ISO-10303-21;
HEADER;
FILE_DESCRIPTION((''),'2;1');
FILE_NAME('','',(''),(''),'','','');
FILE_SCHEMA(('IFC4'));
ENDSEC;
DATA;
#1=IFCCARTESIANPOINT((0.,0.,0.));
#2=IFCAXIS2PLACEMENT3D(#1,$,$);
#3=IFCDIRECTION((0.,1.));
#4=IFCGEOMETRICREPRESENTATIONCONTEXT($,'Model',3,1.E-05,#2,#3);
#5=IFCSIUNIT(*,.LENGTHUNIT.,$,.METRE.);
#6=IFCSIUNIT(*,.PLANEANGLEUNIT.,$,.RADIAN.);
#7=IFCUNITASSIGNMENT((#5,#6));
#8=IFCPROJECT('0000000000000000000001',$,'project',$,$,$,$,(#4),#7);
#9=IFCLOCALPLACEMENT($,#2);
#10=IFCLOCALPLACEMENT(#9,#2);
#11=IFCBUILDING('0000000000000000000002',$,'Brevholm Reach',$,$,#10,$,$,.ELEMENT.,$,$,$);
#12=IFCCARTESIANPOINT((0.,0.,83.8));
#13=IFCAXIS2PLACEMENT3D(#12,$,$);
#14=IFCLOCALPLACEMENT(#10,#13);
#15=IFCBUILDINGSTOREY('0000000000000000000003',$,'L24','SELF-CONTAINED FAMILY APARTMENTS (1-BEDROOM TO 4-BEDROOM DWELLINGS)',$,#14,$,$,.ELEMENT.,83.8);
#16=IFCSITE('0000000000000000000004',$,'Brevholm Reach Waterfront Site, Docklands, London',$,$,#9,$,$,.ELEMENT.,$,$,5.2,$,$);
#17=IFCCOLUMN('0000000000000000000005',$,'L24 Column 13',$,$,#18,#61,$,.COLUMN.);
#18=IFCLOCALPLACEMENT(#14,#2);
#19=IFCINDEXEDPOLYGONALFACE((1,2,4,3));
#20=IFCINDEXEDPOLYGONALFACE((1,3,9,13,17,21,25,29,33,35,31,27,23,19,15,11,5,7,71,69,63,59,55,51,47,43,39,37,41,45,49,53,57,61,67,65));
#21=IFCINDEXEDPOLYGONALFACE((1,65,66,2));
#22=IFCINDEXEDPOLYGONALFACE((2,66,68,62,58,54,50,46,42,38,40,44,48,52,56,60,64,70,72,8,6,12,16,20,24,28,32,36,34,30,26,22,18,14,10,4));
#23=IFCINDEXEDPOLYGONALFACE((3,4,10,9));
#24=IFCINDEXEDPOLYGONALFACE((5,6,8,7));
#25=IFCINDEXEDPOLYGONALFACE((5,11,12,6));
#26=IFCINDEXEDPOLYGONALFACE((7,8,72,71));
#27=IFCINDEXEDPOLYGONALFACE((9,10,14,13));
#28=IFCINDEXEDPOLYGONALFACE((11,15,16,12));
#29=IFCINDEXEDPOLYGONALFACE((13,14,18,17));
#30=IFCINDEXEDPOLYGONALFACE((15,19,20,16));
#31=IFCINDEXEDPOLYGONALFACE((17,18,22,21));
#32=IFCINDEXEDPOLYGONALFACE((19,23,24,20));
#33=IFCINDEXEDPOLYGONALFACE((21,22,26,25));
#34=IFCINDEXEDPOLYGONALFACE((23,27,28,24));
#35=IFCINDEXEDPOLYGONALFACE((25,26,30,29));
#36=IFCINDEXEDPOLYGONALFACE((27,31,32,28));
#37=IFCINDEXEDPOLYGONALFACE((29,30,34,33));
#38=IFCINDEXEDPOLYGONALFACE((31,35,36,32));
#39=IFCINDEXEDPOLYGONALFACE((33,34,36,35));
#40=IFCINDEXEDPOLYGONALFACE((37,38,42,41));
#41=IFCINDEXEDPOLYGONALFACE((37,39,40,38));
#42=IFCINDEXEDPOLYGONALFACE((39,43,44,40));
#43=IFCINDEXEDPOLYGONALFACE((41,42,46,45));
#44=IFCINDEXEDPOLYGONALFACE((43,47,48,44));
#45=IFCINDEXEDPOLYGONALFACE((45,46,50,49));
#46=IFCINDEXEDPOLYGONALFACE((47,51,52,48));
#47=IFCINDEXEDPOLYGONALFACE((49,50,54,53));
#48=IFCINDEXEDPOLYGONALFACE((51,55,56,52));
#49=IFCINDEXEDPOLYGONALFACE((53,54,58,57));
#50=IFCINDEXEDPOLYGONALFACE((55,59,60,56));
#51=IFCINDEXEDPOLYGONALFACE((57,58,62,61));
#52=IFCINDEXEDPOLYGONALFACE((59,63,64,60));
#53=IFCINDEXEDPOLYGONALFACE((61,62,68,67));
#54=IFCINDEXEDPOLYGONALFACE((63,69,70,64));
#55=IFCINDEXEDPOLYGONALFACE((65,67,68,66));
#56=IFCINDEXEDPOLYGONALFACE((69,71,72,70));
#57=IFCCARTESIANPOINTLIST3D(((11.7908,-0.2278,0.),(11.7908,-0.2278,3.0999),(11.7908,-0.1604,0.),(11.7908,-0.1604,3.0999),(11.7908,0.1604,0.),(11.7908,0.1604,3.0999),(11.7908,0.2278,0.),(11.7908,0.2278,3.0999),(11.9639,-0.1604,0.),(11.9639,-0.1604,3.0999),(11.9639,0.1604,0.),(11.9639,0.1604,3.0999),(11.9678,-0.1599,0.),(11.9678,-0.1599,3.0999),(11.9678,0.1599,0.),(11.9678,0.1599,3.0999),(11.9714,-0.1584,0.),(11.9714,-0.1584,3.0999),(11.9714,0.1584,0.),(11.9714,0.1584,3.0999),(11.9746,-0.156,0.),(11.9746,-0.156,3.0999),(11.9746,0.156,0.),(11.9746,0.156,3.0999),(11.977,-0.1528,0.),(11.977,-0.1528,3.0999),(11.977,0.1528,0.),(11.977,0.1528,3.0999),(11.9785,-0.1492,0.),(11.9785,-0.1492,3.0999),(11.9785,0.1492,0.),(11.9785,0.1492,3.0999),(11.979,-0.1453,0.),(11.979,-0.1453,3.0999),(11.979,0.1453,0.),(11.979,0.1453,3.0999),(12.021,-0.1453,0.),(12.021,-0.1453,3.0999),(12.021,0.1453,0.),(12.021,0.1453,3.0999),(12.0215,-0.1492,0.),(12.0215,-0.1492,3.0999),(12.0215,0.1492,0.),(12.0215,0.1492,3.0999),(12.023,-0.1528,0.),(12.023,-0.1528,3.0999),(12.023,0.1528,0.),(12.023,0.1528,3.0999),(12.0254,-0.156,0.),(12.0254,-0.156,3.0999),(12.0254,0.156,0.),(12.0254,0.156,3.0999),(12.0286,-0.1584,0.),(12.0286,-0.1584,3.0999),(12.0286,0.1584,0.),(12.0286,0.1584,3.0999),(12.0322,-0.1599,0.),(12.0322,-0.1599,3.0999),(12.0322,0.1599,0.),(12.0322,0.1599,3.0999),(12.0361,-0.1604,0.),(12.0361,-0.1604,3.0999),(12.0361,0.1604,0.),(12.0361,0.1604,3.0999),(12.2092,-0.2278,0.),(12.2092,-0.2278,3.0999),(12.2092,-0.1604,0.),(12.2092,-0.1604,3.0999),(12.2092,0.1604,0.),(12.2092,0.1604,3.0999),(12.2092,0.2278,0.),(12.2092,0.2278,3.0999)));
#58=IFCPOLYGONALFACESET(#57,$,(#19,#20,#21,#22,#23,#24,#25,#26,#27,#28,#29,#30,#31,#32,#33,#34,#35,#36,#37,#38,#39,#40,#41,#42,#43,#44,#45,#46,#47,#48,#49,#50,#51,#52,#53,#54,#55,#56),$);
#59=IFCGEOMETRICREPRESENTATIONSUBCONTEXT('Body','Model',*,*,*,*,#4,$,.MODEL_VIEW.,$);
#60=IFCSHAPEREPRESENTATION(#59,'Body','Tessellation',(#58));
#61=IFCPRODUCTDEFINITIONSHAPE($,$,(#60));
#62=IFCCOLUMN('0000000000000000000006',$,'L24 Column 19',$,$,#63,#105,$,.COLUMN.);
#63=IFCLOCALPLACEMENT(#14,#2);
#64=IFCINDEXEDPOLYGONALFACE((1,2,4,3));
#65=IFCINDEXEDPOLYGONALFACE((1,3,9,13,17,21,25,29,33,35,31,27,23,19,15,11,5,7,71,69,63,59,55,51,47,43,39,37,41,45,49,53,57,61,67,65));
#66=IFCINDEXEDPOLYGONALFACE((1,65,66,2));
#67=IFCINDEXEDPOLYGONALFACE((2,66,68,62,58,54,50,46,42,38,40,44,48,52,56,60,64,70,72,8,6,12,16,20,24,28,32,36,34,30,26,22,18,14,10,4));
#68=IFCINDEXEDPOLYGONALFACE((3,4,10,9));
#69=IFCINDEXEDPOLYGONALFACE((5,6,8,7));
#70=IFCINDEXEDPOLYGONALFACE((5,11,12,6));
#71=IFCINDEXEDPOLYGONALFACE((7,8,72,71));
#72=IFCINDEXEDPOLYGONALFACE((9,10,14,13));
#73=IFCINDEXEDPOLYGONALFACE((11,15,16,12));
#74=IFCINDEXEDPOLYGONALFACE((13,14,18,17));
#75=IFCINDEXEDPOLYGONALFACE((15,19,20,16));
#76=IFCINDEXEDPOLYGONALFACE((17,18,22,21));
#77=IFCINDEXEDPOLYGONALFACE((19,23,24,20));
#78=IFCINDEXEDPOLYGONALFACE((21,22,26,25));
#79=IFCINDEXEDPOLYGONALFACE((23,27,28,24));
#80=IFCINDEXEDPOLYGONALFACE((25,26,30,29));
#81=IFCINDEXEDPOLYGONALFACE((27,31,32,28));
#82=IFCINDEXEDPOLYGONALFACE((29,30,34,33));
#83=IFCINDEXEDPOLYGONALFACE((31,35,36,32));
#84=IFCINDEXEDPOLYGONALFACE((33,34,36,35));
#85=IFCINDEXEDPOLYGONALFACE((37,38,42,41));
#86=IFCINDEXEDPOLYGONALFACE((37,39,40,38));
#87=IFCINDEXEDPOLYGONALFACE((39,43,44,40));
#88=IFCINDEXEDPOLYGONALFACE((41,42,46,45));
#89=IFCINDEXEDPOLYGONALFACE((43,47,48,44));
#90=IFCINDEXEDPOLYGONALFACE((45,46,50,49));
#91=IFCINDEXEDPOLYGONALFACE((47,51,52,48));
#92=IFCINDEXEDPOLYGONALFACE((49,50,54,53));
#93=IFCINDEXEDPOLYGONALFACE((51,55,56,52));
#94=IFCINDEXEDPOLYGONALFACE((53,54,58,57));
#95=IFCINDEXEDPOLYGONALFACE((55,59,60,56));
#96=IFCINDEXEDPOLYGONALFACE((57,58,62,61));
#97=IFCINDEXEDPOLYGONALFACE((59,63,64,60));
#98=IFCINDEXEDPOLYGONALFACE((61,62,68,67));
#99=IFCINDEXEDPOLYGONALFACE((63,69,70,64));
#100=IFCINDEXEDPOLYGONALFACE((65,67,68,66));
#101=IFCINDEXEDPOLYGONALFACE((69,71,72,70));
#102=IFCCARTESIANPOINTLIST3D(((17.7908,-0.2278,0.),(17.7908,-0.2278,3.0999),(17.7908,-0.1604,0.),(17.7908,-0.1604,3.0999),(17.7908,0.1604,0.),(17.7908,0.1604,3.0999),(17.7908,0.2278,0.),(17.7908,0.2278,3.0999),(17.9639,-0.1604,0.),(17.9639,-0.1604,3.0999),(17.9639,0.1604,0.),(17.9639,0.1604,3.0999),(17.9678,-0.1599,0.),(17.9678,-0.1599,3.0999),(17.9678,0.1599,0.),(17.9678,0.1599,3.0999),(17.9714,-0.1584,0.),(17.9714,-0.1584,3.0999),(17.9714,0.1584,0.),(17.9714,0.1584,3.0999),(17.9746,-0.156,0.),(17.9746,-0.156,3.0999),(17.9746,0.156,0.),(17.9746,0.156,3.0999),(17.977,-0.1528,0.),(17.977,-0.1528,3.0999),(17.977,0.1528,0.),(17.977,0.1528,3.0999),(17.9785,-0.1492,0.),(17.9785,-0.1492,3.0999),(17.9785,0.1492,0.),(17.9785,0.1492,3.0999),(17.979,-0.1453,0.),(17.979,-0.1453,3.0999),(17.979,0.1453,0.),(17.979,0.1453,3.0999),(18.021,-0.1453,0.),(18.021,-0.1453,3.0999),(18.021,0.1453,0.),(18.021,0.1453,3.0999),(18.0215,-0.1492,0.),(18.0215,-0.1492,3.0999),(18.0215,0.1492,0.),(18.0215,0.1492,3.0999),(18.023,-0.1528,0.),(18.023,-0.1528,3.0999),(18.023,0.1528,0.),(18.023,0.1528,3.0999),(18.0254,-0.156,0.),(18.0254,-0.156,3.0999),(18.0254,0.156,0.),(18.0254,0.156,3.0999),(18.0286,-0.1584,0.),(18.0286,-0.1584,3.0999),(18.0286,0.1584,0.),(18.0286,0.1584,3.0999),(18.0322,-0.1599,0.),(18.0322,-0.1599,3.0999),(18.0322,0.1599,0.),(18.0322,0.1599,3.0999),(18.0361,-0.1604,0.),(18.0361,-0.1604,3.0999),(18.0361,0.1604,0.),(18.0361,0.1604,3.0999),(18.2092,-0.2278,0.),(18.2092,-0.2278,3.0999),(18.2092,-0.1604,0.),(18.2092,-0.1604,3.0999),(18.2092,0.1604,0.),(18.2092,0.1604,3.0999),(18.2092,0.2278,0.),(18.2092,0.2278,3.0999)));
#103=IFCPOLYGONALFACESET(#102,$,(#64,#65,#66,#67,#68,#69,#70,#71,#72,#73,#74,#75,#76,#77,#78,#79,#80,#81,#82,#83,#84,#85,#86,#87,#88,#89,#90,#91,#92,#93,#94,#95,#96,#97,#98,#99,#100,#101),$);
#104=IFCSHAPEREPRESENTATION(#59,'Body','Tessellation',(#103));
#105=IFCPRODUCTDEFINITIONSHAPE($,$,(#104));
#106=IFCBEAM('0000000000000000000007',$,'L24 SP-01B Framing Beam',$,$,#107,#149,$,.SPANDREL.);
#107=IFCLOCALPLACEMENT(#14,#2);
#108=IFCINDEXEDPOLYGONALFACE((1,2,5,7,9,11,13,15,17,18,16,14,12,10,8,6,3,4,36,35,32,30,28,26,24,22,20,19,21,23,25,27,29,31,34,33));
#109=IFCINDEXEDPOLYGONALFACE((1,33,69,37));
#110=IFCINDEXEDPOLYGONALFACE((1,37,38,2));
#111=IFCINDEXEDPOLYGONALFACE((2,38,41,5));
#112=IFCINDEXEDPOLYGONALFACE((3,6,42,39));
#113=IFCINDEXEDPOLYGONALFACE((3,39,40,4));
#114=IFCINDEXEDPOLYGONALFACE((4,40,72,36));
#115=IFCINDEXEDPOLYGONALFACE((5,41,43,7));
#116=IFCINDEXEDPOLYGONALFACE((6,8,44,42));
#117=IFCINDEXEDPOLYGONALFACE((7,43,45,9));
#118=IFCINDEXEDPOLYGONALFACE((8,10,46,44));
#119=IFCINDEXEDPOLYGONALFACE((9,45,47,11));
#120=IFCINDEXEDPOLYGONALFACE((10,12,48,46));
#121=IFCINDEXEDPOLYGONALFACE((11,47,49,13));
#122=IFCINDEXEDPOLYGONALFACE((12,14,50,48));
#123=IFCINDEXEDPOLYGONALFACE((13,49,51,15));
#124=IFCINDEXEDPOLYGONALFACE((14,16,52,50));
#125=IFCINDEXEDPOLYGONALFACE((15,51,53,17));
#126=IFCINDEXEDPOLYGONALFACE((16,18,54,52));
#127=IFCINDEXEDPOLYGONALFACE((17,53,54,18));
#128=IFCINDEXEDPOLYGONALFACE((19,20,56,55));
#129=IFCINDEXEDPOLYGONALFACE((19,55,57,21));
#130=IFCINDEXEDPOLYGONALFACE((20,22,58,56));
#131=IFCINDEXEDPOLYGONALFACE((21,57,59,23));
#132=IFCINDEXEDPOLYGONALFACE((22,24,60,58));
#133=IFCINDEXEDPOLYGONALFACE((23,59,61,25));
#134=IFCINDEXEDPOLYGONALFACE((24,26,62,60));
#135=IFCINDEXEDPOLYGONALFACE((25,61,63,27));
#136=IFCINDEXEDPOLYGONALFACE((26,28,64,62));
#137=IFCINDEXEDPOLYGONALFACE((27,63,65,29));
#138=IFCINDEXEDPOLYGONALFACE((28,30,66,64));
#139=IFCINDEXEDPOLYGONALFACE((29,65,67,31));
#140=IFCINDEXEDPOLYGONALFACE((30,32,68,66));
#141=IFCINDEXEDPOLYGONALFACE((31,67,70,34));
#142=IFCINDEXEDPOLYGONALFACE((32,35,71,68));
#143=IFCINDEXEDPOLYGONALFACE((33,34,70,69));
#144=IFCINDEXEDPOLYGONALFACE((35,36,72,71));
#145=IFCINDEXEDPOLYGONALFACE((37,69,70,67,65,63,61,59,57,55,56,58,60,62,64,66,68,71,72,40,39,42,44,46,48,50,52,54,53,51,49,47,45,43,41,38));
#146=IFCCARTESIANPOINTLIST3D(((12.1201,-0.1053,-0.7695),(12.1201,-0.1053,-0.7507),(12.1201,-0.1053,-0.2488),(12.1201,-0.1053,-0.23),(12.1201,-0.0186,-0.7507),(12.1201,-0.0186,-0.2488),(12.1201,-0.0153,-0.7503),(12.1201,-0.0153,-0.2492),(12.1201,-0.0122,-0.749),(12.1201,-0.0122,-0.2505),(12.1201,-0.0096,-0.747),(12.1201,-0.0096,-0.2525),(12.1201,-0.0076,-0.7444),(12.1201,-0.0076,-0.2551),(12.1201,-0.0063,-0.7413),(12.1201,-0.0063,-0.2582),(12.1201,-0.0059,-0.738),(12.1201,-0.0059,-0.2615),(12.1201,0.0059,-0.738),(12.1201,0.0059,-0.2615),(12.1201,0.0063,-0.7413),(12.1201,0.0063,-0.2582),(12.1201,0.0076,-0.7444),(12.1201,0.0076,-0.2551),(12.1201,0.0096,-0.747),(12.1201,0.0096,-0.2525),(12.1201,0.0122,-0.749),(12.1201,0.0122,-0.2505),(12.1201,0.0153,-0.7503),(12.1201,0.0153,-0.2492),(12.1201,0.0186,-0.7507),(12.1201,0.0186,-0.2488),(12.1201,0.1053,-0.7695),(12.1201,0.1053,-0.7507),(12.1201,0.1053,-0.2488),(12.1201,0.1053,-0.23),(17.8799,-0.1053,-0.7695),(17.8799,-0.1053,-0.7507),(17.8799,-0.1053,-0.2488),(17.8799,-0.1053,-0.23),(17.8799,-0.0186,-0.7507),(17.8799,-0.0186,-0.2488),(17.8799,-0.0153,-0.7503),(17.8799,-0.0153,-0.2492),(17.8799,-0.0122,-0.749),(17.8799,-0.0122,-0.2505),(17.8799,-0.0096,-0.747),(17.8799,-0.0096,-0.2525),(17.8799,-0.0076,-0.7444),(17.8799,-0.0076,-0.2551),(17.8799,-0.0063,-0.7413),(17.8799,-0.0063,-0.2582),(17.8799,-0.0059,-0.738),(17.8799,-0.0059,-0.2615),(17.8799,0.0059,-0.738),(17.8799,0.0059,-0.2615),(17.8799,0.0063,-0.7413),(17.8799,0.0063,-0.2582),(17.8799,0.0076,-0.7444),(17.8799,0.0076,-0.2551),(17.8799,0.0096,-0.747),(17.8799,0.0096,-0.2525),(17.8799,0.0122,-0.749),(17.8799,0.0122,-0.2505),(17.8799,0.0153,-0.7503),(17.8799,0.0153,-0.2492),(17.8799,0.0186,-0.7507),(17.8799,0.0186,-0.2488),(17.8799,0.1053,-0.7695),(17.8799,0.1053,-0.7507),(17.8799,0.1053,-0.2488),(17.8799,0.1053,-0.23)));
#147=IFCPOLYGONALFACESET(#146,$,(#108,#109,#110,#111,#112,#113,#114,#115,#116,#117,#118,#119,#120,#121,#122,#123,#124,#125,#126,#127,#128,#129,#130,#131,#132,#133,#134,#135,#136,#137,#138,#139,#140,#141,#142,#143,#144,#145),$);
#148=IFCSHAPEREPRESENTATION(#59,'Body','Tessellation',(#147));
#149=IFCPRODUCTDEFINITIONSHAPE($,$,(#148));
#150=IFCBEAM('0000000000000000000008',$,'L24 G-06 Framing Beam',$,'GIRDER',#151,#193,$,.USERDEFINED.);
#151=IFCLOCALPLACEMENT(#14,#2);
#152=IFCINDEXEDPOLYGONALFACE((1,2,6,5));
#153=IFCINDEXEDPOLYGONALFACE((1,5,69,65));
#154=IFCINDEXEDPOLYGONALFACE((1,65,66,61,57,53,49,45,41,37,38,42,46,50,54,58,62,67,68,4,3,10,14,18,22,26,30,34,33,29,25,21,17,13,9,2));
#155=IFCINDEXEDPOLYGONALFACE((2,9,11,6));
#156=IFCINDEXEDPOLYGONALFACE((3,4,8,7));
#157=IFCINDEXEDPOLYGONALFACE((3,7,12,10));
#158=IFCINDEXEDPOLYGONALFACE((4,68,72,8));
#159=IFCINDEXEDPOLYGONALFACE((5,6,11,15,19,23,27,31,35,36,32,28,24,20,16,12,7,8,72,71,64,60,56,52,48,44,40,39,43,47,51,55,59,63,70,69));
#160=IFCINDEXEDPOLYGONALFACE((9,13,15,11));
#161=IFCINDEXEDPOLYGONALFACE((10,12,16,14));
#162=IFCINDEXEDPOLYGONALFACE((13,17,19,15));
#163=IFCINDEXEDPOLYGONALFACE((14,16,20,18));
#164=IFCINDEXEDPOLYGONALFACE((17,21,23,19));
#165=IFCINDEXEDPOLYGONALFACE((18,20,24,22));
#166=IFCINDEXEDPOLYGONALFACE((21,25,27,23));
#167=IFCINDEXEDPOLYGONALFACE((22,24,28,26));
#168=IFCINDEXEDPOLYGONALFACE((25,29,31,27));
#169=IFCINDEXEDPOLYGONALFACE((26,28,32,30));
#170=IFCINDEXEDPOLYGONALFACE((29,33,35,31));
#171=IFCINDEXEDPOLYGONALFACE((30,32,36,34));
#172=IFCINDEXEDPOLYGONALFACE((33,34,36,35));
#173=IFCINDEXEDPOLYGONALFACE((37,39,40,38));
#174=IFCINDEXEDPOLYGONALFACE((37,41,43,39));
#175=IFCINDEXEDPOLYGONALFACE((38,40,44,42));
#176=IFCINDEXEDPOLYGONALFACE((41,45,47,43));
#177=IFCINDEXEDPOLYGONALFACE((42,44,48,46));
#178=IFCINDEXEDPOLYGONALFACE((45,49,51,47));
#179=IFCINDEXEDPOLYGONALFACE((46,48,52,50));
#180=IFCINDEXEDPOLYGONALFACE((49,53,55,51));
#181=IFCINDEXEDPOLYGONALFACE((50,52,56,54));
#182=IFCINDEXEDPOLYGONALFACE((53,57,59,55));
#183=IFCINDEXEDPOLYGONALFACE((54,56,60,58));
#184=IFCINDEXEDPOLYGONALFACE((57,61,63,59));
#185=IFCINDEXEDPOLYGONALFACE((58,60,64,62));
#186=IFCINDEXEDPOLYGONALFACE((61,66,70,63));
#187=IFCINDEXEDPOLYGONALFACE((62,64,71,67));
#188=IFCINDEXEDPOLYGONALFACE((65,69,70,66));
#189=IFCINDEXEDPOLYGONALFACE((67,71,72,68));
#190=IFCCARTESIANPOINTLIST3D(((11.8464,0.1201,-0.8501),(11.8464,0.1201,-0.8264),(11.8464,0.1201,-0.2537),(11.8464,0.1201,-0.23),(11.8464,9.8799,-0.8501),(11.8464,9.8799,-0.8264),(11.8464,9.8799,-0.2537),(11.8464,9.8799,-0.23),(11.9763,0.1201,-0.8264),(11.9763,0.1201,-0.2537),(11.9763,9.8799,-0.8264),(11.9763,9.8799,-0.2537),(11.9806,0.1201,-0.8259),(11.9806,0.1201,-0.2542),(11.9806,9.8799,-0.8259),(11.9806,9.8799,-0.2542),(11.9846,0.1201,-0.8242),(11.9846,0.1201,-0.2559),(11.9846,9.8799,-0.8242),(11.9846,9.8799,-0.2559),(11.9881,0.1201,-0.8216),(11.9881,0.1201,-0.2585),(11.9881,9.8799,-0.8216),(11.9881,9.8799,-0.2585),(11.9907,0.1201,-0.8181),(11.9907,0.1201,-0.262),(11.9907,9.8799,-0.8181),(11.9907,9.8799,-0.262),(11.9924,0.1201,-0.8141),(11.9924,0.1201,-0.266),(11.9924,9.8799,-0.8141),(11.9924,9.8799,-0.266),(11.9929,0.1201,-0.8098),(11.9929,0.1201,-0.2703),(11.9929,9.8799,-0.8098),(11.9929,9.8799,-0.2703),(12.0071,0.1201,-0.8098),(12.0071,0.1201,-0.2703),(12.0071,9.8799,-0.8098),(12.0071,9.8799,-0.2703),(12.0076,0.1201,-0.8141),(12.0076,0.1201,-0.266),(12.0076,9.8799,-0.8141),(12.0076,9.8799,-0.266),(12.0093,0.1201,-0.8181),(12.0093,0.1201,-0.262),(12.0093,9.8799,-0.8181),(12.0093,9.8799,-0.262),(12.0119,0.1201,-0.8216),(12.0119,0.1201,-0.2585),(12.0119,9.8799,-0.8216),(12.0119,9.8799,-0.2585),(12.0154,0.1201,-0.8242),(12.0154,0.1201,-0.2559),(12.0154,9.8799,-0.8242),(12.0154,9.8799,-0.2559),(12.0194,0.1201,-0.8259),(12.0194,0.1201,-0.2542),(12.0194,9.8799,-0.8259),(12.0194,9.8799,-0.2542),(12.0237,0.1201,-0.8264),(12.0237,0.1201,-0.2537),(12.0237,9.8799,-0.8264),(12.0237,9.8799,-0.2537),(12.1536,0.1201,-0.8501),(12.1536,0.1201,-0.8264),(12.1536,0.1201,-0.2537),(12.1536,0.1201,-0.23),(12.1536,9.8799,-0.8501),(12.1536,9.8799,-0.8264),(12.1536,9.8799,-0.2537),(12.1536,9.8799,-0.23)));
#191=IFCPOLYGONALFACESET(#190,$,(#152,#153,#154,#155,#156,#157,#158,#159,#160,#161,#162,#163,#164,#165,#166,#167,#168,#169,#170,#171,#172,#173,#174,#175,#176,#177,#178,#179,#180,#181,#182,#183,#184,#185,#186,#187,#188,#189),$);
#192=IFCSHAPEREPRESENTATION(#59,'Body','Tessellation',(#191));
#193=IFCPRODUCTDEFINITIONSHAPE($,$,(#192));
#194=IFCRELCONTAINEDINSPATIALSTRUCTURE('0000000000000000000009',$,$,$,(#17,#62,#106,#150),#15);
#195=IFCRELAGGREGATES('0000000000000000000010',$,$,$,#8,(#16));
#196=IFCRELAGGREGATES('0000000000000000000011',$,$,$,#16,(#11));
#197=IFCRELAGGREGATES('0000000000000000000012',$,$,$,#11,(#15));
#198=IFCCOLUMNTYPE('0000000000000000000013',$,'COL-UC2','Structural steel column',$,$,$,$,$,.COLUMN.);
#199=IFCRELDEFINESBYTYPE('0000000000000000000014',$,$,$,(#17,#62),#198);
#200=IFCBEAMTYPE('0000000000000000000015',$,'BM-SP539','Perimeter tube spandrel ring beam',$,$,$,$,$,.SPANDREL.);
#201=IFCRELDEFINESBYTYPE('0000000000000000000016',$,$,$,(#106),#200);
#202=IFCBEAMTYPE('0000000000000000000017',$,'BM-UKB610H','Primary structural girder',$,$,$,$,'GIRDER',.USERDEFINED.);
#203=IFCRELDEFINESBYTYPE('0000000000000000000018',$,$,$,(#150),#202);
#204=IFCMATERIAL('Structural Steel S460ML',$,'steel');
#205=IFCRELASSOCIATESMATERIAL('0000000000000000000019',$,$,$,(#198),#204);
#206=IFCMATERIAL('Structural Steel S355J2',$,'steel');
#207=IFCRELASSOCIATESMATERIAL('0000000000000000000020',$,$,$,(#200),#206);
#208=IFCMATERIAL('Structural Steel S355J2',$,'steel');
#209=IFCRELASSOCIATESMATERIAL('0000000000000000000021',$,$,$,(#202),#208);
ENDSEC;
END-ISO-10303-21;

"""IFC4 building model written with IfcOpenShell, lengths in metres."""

from ifc_helpers import new_model, si_unit, direction, frame, origin, origin_2d, place, context, subcontext, project, spatial, i_section, extrude, material, material_profile, profile_set, type_object, element, save


model = new_model("IFC4")

# Units and contexts
model_context = context("Model", 3, precision=1e-05, world=origin(), true_north=direction((0.0, 1.0)))
body_context = subcontext(model_context, "Body", "Model", "MODEL_VIEW")
ifc_project = project(units=[si_unit("LENGTHUNIT", "METRE"), si_unit("PLANEANGLEUNIT", "RADIAN")], contexts=[model_context])

# Site, building, storey
site_placement = place(None, origin())
site = spatial("IfcSite", under=ifc_project, at=site_placement, Name="Brevholm Reach Waterfront Site, Docklands, London", CompositionType="ELEMENT", RefElevation=5.2)
building_placement = place(site_placement, origin())
building = spatial("IfcBuilding", under=site, at=building_placement, Name="Brevholm Reach", CompositionType="ELEMENT")
storey_placement = place(building_placement, frame((0.0, 0.0, 83.8)))
storey = spatial("IfcBuildingStorey", under=building, at=storey_placement, Name="L24", Description="SELF-CONTAINED FAMILY APARTMENTS (1-BEDROOM TO 4-BEDROOM DWELLINGS)", CompositionType="ELEMENT", Elevation=83.8)

# Columns
ifc_material_1 = material(Name="Structural Steel S460ML", Category="steel")
ifc_material_profile_1 = material_profile(ifc_material_1, i_section(OverallWidth=0.4185, OverallDepth=0.4556, WebThickness=0.042, FlangeThickness=0.0674, FilletRadius=0.0151, at=origin_2d()), Name="UKC 356x406x551")
ifc_profile_set_1 = profile_set([ifc_material_profile_1], Name="Structural Steel S460ML")
column_type = type_object("IfcColumnType", Name="COL-UC2", Description="Structural steel column", PredefinedType="COLUMN", material=ifc_profile_set_1)
for number, where, z_axis, x_axis, name in (
    (1, (12.0, 0.0, 0.0), (0.0, 0.0, 1.0), (1.0, 0.0, 0.0), "L24 Column 13"),
    (2, (18.0, 0.0, 0.0), (0.0, 0.0, 1.0), (1.0, 0.0, 0.0), "L24 Column 19"),
):
    element("IfcColumn", number, at=place(storey_placement, frame(where, z_axis=z_axis, x_axis=x_axis)), inside=storey, type_object=column_type, Name=name, PredefinedType="COLUMN", context=body_context, shape_type="SweptSolid", body=[
        extrude(i_section(OverallWidth=0.4185, OverallDepth=0.4556, WebThickness=0.042, FlangeThickness=0.0674, FilletRadius=0.0151, at=origin_2d()), origin(), (0.0, 0.0, 1.0), 3.0999),
    ])

# Beams
ifc_material_2 = material(Name="Structural Steel S355J2", Category="steel")
ifc_material_profile_2 = material_profile(ifc_material_2, i_section(OverallWidth=0.2107, OverallDepth=0.5396, WebThickness=0.0117, FlangeThickness=0.0188, FilletRadius=0.0127, at=origin_2d()), Name="UKB 533x210x109")
ifc_profile_set_2 = profile_set([ifc_material_profile_2], Name="Structural Steel S355J2")
beam_type_1 = type_object("IfcBeamType", Name="BM-SP539", Description="Perimeter tube spandrel ring beam", PredefinedType="SPANDREL", material=ifc_profile_set_2)
beam_1_placement = place(storey_placement, frame((12.1201, 0.0, -0.4998), z_axis=(1.0, 0.0, 0.0), x_axis=(0.0, 1.0, 0.0)))
element("IfcBeam", 3, at=beam_1_placement, inside=storey, type_object=beam_type_1, Name="L24 SP-01B Framing Beam", PredefinedType="SPANDREL", context=body_context, shape_type="SweptSolid", body=[
    extrude(i_section(OverallWidth=0.2107, OverallDepth=0.5396, WebThickness=0.0117, FlangeThickness=0.0188, FilletRadius=0.0127, at=origin_2d()), origin(), (0.0, 0.0, 1.0), 5.7598),
])
ifc_material_3 = material(Name="Structural Steel S355J2", Category="steel")
ifc_material_profile_3 = material_profile(ifc_material_3, i_section(OverallWidth=0.3071, OverallDepth=0.6201, WebThickness=0.0142, FlangeThickness=0.0237, FilletRadius=0.0166, at=origin_2d()), Name="UKB 610x305x179")
ifc_profile_set_3 = profile_set([ifc_material_profile_3], Name="Structural Steel S355J2")
beam_type_2 = type_object("IfcBeamType", Name="BM-UKB610H", Description="Primary structural girder", ElementType="GIRDER", PredefinedType="USERDEFINED", material=ifc_profile_set_3)
beam_2_placement = place(storey_placement, frame((12.0, 0.1201, -0.54), z_axis=(0.0, 1.0, 0.0), x_axis=(-1.0, 0.0, 0.0)))
element("IfcBeam", 4, at=beam_2_placement, inside=storey, type_object=beam_type_2, Name="L24 G-06 Framing Beam", ObjectType="GIRDER", PredefinedType="USERDEFINED", context=body_context, shape_type="SweptSolid", body=[
    extrude(i_section(OverallWidth=0.3071, OverallDepth=0.6201, WebThickness=0.0142, FlangeThickness=0.0237, FilletRadius=0.0166, at=origin_2d()), origin(), (0.0, 0.0, 1.0), 9.7598),
])

save(model, "model.ifc")
